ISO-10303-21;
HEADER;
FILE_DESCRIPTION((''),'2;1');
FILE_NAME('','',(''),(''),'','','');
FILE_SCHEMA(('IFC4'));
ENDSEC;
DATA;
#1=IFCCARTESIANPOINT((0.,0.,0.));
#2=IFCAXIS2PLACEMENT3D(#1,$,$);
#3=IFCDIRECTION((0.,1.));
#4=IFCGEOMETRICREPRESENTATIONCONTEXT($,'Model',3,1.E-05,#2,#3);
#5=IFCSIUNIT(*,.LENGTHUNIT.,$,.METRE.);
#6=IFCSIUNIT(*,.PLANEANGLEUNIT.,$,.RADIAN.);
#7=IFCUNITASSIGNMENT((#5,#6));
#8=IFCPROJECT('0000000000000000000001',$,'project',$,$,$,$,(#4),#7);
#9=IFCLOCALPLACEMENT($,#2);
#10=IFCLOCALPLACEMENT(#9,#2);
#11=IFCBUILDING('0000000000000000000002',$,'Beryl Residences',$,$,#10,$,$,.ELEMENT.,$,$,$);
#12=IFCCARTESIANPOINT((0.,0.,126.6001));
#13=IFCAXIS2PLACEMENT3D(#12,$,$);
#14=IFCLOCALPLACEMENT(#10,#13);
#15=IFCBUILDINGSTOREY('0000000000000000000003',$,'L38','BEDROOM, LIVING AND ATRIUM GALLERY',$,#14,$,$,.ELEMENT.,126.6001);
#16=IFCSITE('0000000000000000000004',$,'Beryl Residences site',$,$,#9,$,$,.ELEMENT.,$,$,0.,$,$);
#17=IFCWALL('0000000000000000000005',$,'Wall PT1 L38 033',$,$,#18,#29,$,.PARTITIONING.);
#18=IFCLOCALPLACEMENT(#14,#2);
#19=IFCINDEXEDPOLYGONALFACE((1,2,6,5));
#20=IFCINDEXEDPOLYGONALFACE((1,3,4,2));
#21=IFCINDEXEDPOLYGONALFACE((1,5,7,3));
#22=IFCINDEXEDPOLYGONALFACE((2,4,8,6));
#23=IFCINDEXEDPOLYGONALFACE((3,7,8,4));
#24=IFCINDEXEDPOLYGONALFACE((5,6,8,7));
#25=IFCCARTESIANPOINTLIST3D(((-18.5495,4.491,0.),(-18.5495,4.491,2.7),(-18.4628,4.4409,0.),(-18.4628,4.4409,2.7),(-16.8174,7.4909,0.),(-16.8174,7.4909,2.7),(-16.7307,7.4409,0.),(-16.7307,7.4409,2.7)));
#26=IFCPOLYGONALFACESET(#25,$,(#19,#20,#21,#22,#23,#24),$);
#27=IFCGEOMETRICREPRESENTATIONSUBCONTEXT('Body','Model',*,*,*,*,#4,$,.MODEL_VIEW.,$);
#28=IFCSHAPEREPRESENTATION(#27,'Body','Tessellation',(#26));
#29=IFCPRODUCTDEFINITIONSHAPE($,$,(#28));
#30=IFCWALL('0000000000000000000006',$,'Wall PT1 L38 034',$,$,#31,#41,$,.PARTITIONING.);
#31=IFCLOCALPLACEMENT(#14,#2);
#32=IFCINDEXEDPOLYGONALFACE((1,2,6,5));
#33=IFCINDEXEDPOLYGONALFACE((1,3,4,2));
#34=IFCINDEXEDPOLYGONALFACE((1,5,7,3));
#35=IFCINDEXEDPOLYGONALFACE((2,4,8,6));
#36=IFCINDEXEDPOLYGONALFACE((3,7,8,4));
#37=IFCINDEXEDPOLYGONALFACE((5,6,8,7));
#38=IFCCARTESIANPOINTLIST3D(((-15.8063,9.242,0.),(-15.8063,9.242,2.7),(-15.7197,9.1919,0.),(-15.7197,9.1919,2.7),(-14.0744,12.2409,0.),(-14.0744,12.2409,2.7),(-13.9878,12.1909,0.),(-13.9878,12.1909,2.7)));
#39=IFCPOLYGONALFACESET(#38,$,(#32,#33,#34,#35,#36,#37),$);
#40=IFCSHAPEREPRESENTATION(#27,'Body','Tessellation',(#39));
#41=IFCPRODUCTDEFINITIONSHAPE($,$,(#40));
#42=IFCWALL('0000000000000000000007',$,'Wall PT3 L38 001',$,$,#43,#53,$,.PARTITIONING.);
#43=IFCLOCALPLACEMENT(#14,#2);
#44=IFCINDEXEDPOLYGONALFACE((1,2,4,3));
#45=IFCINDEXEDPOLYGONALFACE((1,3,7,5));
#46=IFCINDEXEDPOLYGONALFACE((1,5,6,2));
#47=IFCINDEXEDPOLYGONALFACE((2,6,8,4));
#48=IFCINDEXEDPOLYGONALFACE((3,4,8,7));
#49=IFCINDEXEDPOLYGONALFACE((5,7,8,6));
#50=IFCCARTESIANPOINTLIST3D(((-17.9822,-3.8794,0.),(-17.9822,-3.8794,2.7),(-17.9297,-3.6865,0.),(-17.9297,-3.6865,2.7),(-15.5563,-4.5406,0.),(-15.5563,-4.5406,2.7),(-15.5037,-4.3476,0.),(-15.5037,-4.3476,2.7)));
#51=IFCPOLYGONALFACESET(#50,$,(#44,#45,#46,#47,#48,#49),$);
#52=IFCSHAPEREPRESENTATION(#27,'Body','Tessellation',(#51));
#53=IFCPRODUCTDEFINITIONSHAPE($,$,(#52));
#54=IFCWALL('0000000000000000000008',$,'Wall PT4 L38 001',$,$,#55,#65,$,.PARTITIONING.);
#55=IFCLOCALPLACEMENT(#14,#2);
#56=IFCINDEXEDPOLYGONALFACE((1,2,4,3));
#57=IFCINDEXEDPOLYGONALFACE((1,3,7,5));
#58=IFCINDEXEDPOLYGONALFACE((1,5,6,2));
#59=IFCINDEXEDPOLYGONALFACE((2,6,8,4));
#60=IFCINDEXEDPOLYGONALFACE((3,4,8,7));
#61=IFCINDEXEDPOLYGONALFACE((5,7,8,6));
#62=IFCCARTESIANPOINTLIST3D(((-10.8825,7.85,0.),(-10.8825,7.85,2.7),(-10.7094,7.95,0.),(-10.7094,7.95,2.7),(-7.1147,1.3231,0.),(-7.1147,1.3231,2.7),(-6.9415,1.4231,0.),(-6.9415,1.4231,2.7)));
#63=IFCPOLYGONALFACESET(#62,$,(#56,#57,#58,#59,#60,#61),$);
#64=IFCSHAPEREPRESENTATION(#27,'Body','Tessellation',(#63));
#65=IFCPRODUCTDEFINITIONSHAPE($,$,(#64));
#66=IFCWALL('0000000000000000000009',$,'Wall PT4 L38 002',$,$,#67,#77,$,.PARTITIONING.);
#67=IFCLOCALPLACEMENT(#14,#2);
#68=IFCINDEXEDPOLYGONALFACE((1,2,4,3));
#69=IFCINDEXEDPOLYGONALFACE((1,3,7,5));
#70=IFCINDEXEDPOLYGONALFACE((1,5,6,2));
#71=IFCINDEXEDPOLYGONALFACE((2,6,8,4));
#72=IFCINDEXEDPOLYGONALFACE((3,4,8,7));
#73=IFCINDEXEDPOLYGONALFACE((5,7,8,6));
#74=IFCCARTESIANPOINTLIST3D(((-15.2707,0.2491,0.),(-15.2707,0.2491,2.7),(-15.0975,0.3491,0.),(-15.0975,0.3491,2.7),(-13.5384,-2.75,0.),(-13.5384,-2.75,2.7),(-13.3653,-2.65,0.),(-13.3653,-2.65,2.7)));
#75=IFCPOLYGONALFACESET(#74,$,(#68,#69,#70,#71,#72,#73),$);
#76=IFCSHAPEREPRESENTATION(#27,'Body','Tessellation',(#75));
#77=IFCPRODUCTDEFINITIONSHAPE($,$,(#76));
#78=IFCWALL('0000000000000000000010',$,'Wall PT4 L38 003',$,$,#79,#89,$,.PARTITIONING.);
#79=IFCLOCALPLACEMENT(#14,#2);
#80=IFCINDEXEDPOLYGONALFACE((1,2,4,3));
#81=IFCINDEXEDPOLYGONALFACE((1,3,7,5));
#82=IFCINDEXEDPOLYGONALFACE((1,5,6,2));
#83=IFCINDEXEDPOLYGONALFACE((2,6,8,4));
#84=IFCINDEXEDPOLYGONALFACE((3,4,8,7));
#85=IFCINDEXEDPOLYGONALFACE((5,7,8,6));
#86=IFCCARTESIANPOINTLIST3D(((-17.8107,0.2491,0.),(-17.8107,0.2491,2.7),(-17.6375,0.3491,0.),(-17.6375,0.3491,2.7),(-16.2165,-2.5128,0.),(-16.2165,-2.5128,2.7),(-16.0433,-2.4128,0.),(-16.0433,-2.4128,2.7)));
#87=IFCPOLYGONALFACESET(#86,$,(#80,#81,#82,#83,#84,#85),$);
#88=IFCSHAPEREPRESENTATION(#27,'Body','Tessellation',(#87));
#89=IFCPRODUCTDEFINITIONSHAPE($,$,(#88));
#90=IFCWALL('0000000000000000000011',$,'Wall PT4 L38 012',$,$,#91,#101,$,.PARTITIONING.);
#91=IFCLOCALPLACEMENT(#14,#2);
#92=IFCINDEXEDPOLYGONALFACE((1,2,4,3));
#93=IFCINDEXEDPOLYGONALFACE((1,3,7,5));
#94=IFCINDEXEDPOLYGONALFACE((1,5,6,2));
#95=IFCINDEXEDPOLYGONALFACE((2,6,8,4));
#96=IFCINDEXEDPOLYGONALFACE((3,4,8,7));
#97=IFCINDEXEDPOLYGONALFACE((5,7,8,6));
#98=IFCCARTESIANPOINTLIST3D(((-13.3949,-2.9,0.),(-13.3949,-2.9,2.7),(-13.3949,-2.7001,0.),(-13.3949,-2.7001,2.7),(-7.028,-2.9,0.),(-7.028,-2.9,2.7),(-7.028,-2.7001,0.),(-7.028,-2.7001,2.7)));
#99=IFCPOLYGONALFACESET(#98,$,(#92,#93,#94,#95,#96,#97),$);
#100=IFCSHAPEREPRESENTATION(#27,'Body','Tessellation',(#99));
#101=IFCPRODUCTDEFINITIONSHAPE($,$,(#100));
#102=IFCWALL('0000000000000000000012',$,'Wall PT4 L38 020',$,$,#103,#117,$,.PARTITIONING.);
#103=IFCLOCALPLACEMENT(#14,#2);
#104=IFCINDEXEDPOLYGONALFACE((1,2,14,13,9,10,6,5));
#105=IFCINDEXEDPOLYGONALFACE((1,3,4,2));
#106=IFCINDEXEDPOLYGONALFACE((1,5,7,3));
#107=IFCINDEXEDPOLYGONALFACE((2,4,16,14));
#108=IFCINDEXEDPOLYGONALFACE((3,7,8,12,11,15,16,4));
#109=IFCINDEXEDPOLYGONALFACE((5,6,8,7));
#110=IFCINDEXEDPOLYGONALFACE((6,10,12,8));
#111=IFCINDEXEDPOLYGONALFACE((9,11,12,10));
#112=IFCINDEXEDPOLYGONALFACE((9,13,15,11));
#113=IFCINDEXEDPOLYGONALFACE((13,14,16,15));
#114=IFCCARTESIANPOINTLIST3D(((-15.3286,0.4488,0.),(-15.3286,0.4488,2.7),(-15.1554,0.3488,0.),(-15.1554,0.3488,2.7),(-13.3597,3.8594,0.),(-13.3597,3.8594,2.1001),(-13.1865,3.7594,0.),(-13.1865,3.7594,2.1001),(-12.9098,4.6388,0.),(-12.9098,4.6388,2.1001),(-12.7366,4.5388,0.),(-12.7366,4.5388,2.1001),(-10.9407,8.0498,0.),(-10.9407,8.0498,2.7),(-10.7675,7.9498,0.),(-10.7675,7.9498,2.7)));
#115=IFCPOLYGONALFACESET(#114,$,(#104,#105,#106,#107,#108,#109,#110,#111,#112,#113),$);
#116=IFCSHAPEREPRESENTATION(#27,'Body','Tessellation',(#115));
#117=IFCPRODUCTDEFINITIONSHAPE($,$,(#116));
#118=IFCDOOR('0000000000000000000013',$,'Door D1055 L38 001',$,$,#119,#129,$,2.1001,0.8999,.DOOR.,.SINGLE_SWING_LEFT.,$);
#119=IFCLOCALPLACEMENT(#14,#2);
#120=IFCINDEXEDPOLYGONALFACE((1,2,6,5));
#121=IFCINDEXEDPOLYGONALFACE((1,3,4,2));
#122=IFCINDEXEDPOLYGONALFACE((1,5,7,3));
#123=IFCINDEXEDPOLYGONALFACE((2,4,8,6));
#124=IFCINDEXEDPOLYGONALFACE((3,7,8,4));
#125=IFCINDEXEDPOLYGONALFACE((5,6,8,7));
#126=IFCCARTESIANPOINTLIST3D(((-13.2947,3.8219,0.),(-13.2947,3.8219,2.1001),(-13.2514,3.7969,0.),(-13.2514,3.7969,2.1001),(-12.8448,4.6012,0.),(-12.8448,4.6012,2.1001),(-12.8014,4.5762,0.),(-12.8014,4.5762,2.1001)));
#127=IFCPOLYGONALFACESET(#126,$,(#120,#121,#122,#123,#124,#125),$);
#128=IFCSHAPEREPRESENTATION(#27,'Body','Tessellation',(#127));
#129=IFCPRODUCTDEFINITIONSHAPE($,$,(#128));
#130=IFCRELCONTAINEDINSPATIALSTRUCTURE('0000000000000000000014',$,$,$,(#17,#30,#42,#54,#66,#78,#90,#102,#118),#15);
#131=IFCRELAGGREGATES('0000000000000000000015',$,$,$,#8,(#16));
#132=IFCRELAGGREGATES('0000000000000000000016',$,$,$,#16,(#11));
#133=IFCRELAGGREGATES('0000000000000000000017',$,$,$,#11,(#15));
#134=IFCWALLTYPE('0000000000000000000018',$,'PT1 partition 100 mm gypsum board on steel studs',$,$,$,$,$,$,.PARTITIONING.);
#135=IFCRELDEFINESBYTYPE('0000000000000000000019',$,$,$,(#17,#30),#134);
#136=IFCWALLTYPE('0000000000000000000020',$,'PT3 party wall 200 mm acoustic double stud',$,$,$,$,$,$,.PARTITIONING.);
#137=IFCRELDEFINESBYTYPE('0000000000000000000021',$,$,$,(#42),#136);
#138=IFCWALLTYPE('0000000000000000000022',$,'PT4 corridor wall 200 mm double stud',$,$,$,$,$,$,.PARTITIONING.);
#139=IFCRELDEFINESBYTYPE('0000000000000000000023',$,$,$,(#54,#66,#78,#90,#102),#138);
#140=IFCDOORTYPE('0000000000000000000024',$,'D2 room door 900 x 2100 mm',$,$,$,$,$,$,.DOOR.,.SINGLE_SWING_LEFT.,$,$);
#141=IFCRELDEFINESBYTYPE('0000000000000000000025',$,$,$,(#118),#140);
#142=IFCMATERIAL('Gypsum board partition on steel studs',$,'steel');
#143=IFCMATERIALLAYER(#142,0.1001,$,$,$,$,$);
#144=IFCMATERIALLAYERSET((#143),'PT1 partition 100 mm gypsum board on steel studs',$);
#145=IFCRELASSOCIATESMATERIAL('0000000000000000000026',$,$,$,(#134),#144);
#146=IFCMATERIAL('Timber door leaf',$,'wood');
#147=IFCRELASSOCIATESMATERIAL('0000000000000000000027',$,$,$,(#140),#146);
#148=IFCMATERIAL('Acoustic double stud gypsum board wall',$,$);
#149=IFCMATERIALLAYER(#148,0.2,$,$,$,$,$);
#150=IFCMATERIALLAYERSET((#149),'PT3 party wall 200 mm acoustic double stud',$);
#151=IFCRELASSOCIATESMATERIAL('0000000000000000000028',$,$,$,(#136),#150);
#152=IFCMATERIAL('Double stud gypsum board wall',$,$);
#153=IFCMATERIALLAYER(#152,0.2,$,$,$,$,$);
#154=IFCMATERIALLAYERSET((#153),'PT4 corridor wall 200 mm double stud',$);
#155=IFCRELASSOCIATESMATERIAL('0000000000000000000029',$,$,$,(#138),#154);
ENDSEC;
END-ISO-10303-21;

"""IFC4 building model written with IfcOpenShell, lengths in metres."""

from ifc_helpers import new_model, si_unit, direction, frame, frame_2d, origin, place, context, subcontext, project, spatial, rectangle, extrude, material, layer, layer_set, type_object, element, fill, save


model = new_model("IFC4")

# Units and contexts
model_context = context("Model", 3, precision=1e-05, world=origin(), true_north=direction((0.0, 1.0)))
body_context = subcontext(model_context, "Body", "Model", "MODEL_VIEW")
ifc_project = project(units=[si_unit("LENGTHUNIT", "METRE"), si_unit("PLANEANGLEUNIT", "RADIAN")], contexts=[model_context])

# Site, building, storey
site_placement = place(None, origin())
site = spatial("IfcSite", under=ifc_project, at=site_placement, Name="Beryl Residences site", CompositionType="ELEMENT", RefElevation=0.0)
building_placement = place(site_placement, origin())
building = spatial("IfcBuilding", under=site, at=building_placement, Name="Beryl Residences", CompositionType="ELEMENT")
storey_placement = place(building_placement, frame((0.0, 0.0, 126.6001)))
storey = spatial("IfcBuildingStorey", under=building, at=storey_placement, Name="L38", Description="BEDROOM, LIVING AND ATRIUM GALLERY", CompositionType="ELEMENT", Elevation=126.6001)

# Shared definitions
ifc_material_1 = material(Name="Gypsum board partition on steel studs", Category="steel")
ifc_layer_1 = layer(ifc_material_1, 0.1001)
ifc_layer_set_1 = layer_set([ifc_layer_1], Name="PT1 partition 100 mm gypsum board on steel studs")
wall_type_1 = type_object("IfcWallType", Name="PT1 partition 100 mm gypsum board on steel studs", PredefinedType="PARTITIONING", material=ifc_layer_set_1)
ifc_material_2 = material(Name="Timber door leaf", Category="wood")
door_type_1 = type_object("IfcDoorType", Name="D2 room door 900 x 2100 mm", OperationType="SINGLE_SWING_LEFT", PredefinedType="DOOR", material=ifc_material_2)

# Walls
wall_1_placement = place(storey_placement, frame((-18.5061, 4.4661, 0.0), z_axis=(0.0, 0.0, 1.0), x_axis=(0.500027, 0.86601, 0.0)))
element("IfcWall", 1, at=wall_1_placement, inside=storey, type_object=wall_type_1, Name="Wall PT1 L38 033", PredefinedType="PARTITIONING", context=body_context, shape_type="SweptSolid", body=[
    extrude(rectangle(XDim=3.4641, YDim=0.1001, at=frame_2d((1.7319, 0.0))), origin(), (0.0, 0.0, 1.0), 2.7),
])
wall_2_placement = place(storey_placement, frame((-15.7629, 9.217, 0.0), z_axis=(0.0, 0.0, 1.0), x_axis=(0.500097, 0.86597, 0.0)))
element("IfcWall", 2, at=wall_2_placement, inside=storey, type_object=wall_type_1, Name="Wall PT1 L38 034", PredefinedType="PARTITIONING", context=body_context, shape_type="SweptSolid", body=[
    extrude(rectangle(XDim=3.4631, YDim=0.1001, at=frame_2d((1.7314, 0.0))), origin(), (0.0, 0.0, 1.0), 2.7),
])
ifc_material_3 = material(Name="Acoustic double stud gypsum board wall")
ifc_layer_2 = layer(ifc_material_3, 0.2)
ifc_layer_set_2 = layer_set([ifc_layer_2], Name="PT3 party wall 200 mm acoustic double stud")
wall_type_2 = type_object("IfcWallType", Name="PT3 party wall 200 mm acoustic double stud", PredefinedType="PARTITIONING", material=ifc_layer_set_2)
wall_3_placement = place(storey_placement, frame((-17.9561, -3.783, 0.0), z_axis=(0.0, 0.0, 1.0), x_axis=(0.964815, -0.262928, 0.0)))
element("IfcWall", 3, at=wall_3_placement, inside=storey, type_object=wall_type_2, Name="Wall PT3 L38 001", PredefinedType="PARTITIONING", context=body_context, shape_type="SweptSolid", body=[
    extrude(rectangle(XDim=2.5144, YDim=0.2, at=frame_2d((1.2573, 0.0))), origin(), (0.0, 0.0, 1.0), 2.7),
])
ifc_material_4 = material(Name="Double stud gypsum board wall")
ifc_layer_3 = layer(ifc_material_4, 0.2)
ifc_layer_set_3 = layer_set([ifc_layer_3], Name="PT4 corridor wall 200 mm double stud")
wall_type_3 = type_object("IfcWallType", Name="PT4 corridor wall 200 mm double stud", PredefinedType="PARTITIONING", material=ifc_layer_set_3)
wall_4_placement = place(storey_placement, frame((-10.7959, 7.8999, 0.0), z_axis=(0.0, 0.0, 1.0), x_axis=(0.499954, -0.866052, 0.0)))
element("IfcWall", 4, at=wall_4_placement, inside=storey, type_object=wall_type_3, Name="Wall PT4 L38 001", PredefinedType="PARTITIONING", context=body_context, shape_type="SweptSolid", body=[
    extrude(rectangle(XDim=7.5364, YDim=0.2, at=frame_2d((3.7681, 0.0))), origin(), (0.0, 0.0, 1.0), 2.7),
])
wall_5_placement = place(storey_placement, frame((-15.1841, 0.2991, 0.0), z_axis=(0.0, 0.0, 1.0), x_axis=(0.50015, -0.865939, 0.0)))
element("IfcWall", 5, at=wall_5_placement, inside=storey, type_object=wall_type_3, Name="Wall PT4 L38 002", PredefinedType="PARTITIONING", context=body_context, shape_type="SweptSolid", body=[
    extrude(rectangle(XDim=3.4634, YDim=0.2, at=frame_2d((1.7317, 0.0))), origin(), (0.0, 0.0, 1.0), 2.7),
])
wall_6_placement = place(storey_placement, frame((-17.7241, 0.2991, 0.0), z_axis=(0.0, 0.0, 1.0), x_axis=(0.49991, -0.866077, 0.0)))
element("IfcWall", 6, at=wall_6_placement, inside=storey, type_object=wall_type_3, Name="Wall PT4 L38 003", PredefinedType="PARTITIONING", context=body_context, shape_type="SweptSolid", body=[
    extrude(rectangle(XDim=3.189, YDim=0.2, at=frame_2d((1.5945, 0.0))), origin(), (0.0, 0.0, 1.0), 2.7),
])
wall_7_placement = place(storey_placement, frame((-13.395, -2.8, 0.0), z_axis=(0.0, 0.0, 1.0), x_axis=(1.0, 0.0, 0.0)))
element("IfcWall", 7, at=wall_7_placement, inside=storey, type_object=wall_type_3, Name="Wall PT4 L38 012", PredefinedType="PARTITIONING", context=body_context, shape_type="SweptSolid", body=[
    extrude(rectangle(XDim=6.3669, YDim=0.2, at=frame_2d((3.1836, 0.0))), origin(), (0.0, 0.0, 1.0), 2.7),
])

# Wall, opening, door
wall_8_placement = place(storey_placement, frame((-15.2419, 0.3989, 0.0), z_axis=(0.0, 0.0, 1.0), x_axis=(0.499954, 0.866052, 0.0)))
wall_8 = element("IfcWall", 8, at=wall_8_placement, inside=storey, type_object=wall_type_3, Name="Wall PT4 L38 020", PredefinedType="PARTITIONING", context=body_context, shape_type="SweptSolid", body=[
    extrude(rectangle(XDim=8.7766, YDim=0.2, at=frame_2d((4.3882, 0.0))), origin(), (0.0, 0.0, 1.0), 2.7),
])
opening_1_placement = place(wall_8_placement, frame((3.938, 0.0, 0.0)))
opening_1 = element("IfcOpeningElement", 9, at=opening_1_placement, cuts=wall_8, PredefinedType="OPENING", context=body_context, shape_type="SweptSolid", body=[
    extrude(rectangle(XDim=0.8999, YDim=2.1001, at=frame_2d((0.45, 1.05))), frame((0.0, 0.1099, 0.0), z_axis=(0.0, -1.0, 0.0), x_axis=(1.0, 0.0, 0.0)), (0.0, 0.0, 1.0), 0.22),
])
door_1_placement = place(opening_1_placement, origin())
door_1 = element("IfcDoor", 10, at=door_1_placement, inside=storey, type_object=door_type_1, Name="Door D1055 L38 001", OperationType="SINGLE_SWING_LEFT", OverallHeight=2.1001, OverallWidth=0.8999, PredefinedType="DOOR", context=body_context, shape_type="SweptSolid", body=[
    extrude(rectangle(XDim=0.8999, YDim=2.1001, at=frame_2d((0.45, 1.05))), frame((0.0, 0.0249, 0.0), z_axis=(0.0, -1.0, 0.0), x_axis=(1.0, 0.0, 0.0)), (0.0, 0.0, 1.0), 0.05),
])
fill(opening_1, door_1)

save(model, "model.ifc")
